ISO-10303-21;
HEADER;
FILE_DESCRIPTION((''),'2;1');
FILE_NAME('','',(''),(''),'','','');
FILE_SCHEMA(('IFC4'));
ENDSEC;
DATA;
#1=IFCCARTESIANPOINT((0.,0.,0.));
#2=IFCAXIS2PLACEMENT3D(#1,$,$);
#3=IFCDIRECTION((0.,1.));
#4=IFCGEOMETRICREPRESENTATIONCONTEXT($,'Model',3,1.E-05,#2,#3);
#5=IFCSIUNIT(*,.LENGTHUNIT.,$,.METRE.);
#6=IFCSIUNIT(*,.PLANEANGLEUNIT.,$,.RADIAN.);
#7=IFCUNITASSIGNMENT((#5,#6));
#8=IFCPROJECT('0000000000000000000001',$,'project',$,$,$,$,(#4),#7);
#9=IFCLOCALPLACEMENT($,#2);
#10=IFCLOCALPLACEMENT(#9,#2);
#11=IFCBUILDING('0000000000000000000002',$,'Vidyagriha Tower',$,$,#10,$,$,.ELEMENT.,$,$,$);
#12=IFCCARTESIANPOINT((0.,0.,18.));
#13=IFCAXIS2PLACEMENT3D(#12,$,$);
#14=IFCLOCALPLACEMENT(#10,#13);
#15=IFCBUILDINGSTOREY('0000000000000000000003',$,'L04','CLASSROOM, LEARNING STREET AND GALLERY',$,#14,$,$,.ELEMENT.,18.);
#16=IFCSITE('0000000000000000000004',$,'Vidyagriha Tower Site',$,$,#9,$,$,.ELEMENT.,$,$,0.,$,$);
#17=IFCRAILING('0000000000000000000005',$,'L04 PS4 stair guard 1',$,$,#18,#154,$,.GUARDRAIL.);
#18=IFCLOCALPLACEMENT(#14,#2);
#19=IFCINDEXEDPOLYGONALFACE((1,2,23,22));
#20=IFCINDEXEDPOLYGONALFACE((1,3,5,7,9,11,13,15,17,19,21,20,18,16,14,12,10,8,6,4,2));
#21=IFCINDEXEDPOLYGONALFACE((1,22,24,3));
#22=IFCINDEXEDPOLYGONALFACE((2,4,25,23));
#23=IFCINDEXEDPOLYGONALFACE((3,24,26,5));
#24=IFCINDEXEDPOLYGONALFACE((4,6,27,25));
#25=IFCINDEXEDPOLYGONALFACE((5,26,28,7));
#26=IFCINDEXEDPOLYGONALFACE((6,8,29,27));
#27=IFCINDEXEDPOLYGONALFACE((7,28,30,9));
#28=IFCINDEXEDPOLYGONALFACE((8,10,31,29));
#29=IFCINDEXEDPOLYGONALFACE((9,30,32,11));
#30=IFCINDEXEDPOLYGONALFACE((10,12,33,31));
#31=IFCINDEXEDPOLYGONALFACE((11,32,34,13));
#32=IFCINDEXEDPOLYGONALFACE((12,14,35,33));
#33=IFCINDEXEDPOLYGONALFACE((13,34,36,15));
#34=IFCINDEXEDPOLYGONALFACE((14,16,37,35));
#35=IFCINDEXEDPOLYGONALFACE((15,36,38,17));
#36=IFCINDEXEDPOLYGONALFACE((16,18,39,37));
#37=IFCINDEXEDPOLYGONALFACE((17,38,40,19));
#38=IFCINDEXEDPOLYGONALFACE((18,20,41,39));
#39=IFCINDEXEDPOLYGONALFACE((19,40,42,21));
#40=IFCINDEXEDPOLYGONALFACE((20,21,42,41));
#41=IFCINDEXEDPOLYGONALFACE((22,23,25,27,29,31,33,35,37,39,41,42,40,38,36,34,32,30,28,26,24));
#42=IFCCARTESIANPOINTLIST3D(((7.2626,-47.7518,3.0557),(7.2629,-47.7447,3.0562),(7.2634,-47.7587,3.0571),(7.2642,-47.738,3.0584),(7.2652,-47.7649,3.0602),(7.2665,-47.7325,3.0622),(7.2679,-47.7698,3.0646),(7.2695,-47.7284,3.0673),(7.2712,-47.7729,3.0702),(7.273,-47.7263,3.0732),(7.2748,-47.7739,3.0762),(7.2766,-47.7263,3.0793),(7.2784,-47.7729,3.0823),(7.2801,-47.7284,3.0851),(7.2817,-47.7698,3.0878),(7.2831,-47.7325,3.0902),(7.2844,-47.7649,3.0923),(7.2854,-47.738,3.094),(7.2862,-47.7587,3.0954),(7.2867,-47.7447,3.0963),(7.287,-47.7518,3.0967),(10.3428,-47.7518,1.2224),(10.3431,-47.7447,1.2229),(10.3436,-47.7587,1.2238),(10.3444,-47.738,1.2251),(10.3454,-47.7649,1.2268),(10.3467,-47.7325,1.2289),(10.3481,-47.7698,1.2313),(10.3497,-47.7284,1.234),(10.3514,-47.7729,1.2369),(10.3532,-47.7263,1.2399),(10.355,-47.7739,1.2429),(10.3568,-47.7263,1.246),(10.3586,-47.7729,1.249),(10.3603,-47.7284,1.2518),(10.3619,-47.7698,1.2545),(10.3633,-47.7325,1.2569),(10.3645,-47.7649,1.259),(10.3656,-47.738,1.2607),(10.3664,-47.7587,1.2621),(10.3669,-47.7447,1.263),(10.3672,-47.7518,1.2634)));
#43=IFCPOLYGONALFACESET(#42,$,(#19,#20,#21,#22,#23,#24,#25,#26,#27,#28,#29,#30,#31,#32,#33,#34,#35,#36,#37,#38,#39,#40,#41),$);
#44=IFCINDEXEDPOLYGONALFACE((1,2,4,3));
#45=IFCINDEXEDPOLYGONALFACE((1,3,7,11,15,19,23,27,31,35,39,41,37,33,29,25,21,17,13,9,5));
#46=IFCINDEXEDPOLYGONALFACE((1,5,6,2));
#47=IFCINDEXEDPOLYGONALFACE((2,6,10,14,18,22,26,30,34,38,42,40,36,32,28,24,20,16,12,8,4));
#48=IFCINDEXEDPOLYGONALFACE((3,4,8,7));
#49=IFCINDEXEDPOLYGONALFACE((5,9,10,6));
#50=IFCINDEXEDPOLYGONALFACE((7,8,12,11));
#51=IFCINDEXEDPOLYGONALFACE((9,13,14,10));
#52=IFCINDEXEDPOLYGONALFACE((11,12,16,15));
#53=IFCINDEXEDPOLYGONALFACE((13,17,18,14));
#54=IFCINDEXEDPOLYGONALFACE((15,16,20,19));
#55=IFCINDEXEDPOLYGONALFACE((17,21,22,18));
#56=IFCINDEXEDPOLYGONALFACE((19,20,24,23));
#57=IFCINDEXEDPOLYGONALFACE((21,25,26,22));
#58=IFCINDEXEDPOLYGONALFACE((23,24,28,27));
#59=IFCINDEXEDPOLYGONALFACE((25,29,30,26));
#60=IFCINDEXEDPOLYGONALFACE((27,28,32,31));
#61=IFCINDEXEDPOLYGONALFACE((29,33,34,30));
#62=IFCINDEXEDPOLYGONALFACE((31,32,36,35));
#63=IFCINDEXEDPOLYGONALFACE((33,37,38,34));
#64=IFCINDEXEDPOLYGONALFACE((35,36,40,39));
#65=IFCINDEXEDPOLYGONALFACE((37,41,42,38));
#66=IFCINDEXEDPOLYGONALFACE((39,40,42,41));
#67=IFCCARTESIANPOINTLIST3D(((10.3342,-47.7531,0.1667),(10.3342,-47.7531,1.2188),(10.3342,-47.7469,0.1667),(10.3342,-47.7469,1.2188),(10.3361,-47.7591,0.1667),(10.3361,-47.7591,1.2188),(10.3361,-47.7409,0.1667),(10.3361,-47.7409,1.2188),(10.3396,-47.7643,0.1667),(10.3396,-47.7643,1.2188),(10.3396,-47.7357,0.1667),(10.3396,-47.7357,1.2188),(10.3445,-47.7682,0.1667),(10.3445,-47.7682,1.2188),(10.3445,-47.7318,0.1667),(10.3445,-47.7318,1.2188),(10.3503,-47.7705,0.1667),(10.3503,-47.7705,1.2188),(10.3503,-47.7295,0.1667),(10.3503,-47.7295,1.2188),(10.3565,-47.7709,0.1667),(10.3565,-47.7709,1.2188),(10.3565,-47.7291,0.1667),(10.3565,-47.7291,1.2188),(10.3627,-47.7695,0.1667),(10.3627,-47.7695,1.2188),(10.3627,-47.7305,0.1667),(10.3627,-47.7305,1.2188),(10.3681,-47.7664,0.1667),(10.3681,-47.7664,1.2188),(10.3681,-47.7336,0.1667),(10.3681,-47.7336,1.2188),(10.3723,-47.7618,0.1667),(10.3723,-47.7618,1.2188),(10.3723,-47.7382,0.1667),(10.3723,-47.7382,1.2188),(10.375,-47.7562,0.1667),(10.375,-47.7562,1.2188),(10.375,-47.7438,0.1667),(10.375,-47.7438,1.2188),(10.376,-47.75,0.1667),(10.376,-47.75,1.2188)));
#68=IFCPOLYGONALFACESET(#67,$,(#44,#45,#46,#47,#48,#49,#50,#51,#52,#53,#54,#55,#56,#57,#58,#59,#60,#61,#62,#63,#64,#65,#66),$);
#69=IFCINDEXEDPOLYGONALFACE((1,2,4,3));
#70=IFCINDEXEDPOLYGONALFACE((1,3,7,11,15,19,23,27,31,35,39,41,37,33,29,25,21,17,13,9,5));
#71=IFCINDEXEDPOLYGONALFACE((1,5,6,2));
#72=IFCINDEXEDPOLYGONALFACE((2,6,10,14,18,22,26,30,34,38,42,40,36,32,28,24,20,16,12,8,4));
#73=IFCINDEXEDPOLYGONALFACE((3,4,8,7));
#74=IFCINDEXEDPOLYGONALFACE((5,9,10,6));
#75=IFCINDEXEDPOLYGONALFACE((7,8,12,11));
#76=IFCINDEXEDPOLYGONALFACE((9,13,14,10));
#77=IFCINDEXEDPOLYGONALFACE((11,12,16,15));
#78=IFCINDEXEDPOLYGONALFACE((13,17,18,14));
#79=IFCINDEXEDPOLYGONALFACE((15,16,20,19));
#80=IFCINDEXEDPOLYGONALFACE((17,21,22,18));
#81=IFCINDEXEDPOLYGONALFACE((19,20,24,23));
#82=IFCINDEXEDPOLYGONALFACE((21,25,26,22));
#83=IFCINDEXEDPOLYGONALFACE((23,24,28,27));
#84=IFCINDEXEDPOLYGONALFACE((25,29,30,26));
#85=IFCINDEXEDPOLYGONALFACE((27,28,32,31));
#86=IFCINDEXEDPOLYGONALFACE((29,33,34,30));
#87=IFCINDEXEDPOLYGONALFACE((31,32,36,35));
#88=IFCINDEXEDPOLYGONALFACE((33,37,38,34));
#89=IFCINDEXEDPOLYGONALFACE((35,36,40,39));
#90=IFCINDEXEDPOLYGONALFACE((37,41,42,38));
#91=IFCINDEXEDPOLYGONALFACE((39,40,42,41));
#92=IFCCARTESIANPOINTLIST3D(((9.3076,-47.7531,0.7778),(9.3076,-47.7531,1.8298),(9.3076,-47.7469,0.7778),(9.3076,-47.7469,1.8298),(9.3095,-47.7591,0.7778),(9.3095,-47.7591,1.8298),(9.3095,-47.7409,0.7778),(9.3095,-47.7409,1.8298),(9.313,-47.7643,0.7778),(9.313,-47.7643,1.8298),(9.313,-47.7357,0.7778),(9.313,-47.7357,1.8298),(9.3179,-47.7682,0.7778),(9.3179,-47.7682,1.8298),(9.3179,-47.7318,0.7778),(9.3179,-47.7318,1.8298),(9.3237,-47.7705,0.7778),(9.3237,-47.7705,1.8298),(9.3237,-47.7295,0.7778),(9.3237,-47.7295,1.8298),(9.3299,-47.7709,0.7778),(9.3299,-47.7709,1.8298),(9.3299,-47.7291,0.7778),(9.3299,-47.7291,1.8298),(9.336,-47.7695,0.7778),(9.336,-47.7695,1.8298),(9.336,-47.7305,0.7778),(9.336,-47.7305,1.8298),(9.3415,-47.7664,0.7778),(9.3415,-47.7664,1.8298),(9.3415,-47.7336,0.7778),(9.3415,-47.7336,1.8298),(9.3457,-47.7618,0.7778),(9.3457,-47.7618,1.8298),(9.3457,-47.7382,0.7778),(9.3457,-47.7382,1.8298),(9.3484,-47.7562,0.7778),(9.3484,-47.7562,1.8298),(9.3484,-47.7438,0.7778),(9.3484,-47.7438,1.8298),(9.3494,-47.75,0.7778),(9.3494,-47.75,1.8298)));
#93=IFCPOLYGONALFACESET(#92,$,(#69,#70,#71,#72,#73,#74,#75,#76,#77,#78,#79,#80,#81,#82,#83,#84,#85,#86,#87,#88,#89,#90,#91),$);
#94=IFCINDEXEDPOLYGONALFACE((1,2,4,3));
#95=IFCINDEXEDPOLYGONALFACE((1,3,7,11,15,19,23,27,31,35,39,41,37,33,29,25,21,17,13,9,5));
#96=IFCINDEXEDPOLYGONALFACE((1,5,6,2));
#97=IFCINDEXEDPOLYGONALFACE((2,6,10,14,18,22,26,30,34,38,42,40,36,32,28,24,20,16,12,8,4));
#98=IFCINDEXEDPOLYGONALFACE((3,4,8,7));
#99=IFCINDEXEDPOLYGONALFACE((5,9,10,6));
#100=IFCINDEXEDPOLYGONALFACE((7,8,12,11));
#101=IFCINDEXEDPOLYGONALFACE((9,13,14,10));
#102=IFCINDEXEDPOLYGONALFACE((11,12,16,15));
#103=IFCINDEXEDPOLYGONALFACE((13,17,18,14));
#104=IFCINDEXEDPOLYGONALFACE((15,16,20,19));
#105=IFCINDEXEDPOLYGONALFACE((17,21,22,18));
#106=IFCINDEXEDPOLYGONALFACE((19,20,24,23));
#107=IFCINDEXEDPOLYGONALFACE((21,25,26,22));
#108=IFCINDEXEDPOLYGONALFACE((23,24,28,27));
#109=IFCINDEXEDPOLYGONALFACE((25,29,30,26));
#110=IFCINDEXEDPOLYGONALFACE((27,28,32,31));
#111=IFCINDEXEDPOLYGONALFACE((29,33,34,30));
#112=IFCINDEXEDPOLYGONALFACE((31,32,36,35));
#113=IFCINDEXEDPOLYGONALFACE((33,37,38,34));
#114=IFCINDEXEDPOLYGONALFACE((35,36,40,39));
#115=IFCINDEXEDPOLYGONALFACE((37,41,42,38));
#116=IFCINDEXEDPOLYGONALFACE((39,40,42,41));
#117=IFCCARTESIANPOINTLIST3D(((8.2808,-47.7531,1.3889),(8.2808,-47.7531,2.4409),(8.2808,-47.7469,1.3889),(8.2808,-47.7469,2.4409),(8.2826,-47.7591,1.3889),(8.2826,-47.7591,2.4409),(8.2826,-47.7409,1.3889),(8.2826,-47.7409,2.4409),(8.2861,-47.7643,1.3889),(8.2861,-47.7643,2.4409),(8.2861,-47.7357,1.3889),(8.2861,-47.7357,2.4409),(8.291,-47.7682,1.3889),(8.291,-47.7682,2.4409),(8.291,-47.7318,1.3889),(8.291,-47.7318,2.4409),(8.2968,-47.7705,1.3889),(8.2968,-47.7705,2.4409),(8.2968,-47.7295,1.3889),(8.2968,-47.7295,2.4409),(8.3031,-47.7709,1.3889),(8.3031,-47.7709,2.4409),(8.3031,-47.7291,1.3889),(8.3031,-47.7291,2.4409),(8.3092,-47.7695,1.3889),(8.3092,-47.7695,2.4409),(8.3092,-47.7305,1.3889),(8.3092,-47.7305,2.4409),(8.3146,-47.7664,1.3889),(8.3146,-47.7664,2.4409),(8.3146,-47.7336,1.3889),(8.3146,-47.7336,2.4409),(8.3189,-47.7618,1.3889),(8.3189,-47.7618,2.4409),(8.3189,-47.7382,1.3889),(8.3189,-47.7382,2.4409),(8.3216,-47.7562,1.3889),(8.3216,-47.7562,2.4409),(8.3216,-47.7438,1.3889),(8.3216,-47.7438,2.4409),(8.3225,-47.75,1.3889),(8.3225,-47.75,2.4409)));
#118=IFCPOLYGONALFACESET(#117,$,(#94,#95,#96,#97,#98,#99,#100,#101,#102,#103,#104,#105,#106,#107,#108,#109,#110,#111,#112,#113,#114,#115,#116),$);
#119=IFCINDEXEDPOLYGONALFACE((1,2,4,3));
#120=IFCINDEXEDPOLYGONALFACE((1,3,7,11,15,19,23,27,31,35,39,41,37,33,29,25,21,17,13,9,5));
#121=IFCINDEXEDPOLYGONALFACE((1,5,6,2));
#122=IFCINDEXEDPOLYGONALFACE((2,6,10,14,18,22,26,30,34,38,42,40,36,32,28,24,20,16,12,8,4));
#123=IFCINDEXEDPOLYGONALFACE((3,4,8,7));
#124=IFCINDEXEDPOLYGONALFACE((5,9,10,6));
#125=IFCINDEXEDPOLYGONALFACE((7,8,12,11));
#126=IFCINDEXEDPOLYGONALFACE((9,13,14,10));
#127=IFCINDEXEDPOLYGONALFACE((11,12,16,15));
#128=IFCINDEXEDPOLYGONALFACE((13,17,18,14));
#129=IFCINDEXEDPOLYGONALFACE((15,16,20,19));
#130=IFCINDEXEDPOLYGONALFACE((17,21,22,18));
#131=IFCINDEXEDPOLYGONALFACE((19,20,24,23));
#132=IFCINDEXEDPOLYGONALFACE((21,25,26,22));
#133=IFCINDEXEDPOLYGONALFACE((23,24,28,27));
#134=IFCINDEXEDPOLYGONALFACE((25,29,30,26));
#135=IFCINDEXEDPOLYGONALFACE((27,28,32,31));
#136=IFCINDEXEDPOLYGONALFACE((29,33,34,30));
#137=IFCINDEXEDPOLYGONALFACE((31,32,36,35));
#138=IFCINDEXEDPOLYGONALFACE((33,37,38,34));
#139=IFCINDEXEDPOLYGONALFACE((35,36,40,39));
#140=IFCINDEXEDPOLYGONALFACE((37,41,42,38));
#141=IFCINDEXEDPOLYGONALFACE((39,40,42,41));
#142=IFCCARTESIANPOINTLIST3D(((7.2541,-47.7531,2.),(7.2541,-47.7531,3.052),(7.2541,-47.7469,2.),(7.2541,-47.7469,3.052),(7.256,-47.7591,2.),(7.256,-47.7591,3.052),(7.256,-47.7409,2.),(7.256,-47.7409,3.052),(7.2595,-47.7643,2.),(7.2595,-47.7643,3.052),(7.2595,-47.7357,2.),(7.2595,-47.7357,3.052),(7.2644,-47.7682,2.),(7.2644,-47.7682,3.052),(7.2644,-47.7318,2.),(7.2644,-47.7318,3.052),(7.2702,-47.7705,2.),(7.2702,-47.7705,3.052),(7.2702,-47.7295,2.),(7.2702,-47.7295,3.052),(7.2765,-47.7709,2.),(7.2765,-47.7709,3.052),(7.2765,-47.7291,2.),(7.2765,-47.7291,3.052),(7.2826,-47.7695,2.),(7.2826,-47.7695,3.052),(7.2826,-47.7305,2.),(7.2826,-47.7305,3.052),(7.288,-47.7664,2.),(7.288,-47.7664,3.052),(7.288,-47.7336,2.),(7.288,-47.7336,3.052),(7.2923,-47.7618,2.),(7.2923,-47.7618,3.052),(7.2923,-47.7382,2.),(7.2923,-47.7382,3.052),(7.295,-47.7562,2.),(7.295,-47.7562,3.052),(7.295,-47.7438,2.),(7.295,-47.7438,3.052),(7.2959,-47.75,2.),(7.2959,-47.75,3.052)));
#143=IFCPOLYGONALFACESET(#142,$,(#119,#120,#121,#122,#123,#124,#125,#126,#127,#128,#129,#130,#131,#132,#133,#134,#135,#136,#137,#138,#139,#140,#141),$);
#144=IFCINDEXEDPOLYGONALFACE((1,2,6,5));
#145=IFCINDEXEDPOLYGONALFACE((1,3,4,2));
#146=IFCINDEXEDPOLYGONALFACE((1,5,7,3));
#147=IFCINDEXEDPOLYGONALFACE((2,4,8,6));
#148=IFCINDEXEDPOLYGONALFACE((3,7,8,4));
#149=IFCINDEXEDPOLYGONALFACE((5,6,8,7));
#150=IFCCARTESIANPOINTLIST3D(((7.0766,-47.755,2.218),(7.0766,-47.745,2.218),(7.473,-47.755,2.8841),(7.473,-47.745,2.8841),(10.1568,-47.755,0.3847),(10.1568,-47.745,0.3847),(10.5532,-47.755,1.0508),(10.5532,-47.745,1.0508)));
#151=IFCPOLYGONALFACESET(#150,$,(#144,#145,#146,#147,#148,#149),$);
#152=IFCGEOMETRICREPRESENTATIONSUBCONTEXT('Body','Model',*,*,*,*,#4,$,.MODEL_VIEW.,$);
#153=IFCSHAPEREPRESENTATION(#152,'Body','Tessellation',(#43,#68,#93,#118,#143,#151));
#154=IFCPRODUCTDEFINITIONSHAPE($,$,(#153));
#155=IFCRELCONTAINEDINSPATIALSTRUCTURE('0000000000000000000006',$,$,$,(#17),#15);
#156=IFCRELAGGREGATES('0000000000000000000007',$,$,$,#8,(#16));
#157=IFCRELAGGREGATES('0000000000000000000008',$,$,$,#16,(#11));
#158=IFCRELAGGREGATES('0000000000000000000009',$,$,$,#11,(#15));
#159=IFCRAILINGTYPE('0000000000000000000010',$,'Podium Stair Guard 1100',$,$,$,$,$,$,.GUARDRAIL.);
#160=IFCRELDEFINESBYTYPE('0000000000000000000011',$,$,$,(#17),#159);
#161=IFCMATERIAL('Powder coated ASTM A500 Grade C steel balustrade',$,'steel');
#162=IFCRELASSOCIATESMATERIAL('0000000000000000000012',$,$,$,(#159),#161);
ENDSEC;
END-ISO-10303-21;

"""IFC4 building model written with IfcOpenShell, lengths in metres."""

from ifc_helpers import new_model, si_unit, direction, frame, origin, origin_2d, place, context, subcontext, project, spatial, rectangle, circle, extrude, material, type_object, element, save


model = new_model("IFC4")

# Units and contexts
model_context = context("Model", 3, precision=1e-05, world=origin(), true_north=direction((0.0, 1.0)))
body_context = subcontext(model_context, "Body", "Model", "MODEL_VIEW")
ifc_project = project(units=[si_unit("LENGTHUNIT", "METRE"), si_unit("PLANEANGLEUNIT", "RADIAN")], contexts=[model_context])

# Site, building, storey
site_placement = place(None, origin())
site = spatial("IfcSite", under=ifc_project, at=site_placement, Name="Vidyagriha Tower Site", CompositionType="ELEMENT", RefElevation=0.0)
building_placement = place(site_placement, origin())
building = spatial("IfcBuilding", under=site, at=building_placement, Name="Vidyagriha Tower", CompositionType="ELEMENT")
storey_placement = place(building_placement, frame((0.0, 0.0, 18.0)))
storey = spatial("IfcBuildingStorey", under=building, at=storey_placement, Name="L04", Description="CLASSROOM, LEARNING STREET AND GALLERY", CompositionType="ELEMENT", Elevation=18.0)

# Railing
ifc_material_1 = material(Name="Powder coated ASTM A500 Grade C steel balustrade", Category="steel")
railing_type_1 = type_object("IfcRailingType", Name="Podium Stair Guard 1100", PredefinedType="GUARDRAIL", material=ifc_material_1)
railing_1_placement = place(storey_placement, frame((10.355, -47.75, 0.1667)))
element("IfcRailing", 1, at=railing_1_placement, inside=storey, type_object=railing_type_1, Name="L04 PS4 stair guard 1", PredefinedType="GUARDRAIL", context=body_context, shape_type="SweptSolid", body=[
    extrude(circle(Radius=0.0239, at=origin_2d()), frame((0.0, 0.0, 1.0762), z_axis=(-0.859309, 0.0, 0.511458), x_axis=(0.0, -1.0, 0.0)), (0.0, 0.0, 1.0), 3.5845),
    extrude(circle(Radius=0.021, at=origin_2d()), origin(), (0.0, 0.0, 1.0), 1.052),
    extrude(circle(Radius=0.021, at=origin_2d()), frame((-1.0266, 0.0, 0.6111)), (0.0, 0.0, 1.0), 1.052),
    extrude(circle(Radius=0.021, at=origin_2d()), frame((-2.0535, 0.0, 1.2222)), (0.0, 0.0, 1.0), 1.052),
    extrude(circle(Radius=0.021, at=origin_2d()), frame((-3.0801, 0.0, 1.8333)), (0.0, 0.0, 1.0), 1.052),
    extrude(rectangle(XDim=0.01, YDim=0.7751, at=origin_2d()), frame((0.0, 0.0, 0.551), z_axis=(-0.859309, 0.0, 0.511458), x_axis=(0.0, -1.0, 0.0)), (0.0, 0.0, 1.0), 3.5845),
])

save(model, "model.ifc")
